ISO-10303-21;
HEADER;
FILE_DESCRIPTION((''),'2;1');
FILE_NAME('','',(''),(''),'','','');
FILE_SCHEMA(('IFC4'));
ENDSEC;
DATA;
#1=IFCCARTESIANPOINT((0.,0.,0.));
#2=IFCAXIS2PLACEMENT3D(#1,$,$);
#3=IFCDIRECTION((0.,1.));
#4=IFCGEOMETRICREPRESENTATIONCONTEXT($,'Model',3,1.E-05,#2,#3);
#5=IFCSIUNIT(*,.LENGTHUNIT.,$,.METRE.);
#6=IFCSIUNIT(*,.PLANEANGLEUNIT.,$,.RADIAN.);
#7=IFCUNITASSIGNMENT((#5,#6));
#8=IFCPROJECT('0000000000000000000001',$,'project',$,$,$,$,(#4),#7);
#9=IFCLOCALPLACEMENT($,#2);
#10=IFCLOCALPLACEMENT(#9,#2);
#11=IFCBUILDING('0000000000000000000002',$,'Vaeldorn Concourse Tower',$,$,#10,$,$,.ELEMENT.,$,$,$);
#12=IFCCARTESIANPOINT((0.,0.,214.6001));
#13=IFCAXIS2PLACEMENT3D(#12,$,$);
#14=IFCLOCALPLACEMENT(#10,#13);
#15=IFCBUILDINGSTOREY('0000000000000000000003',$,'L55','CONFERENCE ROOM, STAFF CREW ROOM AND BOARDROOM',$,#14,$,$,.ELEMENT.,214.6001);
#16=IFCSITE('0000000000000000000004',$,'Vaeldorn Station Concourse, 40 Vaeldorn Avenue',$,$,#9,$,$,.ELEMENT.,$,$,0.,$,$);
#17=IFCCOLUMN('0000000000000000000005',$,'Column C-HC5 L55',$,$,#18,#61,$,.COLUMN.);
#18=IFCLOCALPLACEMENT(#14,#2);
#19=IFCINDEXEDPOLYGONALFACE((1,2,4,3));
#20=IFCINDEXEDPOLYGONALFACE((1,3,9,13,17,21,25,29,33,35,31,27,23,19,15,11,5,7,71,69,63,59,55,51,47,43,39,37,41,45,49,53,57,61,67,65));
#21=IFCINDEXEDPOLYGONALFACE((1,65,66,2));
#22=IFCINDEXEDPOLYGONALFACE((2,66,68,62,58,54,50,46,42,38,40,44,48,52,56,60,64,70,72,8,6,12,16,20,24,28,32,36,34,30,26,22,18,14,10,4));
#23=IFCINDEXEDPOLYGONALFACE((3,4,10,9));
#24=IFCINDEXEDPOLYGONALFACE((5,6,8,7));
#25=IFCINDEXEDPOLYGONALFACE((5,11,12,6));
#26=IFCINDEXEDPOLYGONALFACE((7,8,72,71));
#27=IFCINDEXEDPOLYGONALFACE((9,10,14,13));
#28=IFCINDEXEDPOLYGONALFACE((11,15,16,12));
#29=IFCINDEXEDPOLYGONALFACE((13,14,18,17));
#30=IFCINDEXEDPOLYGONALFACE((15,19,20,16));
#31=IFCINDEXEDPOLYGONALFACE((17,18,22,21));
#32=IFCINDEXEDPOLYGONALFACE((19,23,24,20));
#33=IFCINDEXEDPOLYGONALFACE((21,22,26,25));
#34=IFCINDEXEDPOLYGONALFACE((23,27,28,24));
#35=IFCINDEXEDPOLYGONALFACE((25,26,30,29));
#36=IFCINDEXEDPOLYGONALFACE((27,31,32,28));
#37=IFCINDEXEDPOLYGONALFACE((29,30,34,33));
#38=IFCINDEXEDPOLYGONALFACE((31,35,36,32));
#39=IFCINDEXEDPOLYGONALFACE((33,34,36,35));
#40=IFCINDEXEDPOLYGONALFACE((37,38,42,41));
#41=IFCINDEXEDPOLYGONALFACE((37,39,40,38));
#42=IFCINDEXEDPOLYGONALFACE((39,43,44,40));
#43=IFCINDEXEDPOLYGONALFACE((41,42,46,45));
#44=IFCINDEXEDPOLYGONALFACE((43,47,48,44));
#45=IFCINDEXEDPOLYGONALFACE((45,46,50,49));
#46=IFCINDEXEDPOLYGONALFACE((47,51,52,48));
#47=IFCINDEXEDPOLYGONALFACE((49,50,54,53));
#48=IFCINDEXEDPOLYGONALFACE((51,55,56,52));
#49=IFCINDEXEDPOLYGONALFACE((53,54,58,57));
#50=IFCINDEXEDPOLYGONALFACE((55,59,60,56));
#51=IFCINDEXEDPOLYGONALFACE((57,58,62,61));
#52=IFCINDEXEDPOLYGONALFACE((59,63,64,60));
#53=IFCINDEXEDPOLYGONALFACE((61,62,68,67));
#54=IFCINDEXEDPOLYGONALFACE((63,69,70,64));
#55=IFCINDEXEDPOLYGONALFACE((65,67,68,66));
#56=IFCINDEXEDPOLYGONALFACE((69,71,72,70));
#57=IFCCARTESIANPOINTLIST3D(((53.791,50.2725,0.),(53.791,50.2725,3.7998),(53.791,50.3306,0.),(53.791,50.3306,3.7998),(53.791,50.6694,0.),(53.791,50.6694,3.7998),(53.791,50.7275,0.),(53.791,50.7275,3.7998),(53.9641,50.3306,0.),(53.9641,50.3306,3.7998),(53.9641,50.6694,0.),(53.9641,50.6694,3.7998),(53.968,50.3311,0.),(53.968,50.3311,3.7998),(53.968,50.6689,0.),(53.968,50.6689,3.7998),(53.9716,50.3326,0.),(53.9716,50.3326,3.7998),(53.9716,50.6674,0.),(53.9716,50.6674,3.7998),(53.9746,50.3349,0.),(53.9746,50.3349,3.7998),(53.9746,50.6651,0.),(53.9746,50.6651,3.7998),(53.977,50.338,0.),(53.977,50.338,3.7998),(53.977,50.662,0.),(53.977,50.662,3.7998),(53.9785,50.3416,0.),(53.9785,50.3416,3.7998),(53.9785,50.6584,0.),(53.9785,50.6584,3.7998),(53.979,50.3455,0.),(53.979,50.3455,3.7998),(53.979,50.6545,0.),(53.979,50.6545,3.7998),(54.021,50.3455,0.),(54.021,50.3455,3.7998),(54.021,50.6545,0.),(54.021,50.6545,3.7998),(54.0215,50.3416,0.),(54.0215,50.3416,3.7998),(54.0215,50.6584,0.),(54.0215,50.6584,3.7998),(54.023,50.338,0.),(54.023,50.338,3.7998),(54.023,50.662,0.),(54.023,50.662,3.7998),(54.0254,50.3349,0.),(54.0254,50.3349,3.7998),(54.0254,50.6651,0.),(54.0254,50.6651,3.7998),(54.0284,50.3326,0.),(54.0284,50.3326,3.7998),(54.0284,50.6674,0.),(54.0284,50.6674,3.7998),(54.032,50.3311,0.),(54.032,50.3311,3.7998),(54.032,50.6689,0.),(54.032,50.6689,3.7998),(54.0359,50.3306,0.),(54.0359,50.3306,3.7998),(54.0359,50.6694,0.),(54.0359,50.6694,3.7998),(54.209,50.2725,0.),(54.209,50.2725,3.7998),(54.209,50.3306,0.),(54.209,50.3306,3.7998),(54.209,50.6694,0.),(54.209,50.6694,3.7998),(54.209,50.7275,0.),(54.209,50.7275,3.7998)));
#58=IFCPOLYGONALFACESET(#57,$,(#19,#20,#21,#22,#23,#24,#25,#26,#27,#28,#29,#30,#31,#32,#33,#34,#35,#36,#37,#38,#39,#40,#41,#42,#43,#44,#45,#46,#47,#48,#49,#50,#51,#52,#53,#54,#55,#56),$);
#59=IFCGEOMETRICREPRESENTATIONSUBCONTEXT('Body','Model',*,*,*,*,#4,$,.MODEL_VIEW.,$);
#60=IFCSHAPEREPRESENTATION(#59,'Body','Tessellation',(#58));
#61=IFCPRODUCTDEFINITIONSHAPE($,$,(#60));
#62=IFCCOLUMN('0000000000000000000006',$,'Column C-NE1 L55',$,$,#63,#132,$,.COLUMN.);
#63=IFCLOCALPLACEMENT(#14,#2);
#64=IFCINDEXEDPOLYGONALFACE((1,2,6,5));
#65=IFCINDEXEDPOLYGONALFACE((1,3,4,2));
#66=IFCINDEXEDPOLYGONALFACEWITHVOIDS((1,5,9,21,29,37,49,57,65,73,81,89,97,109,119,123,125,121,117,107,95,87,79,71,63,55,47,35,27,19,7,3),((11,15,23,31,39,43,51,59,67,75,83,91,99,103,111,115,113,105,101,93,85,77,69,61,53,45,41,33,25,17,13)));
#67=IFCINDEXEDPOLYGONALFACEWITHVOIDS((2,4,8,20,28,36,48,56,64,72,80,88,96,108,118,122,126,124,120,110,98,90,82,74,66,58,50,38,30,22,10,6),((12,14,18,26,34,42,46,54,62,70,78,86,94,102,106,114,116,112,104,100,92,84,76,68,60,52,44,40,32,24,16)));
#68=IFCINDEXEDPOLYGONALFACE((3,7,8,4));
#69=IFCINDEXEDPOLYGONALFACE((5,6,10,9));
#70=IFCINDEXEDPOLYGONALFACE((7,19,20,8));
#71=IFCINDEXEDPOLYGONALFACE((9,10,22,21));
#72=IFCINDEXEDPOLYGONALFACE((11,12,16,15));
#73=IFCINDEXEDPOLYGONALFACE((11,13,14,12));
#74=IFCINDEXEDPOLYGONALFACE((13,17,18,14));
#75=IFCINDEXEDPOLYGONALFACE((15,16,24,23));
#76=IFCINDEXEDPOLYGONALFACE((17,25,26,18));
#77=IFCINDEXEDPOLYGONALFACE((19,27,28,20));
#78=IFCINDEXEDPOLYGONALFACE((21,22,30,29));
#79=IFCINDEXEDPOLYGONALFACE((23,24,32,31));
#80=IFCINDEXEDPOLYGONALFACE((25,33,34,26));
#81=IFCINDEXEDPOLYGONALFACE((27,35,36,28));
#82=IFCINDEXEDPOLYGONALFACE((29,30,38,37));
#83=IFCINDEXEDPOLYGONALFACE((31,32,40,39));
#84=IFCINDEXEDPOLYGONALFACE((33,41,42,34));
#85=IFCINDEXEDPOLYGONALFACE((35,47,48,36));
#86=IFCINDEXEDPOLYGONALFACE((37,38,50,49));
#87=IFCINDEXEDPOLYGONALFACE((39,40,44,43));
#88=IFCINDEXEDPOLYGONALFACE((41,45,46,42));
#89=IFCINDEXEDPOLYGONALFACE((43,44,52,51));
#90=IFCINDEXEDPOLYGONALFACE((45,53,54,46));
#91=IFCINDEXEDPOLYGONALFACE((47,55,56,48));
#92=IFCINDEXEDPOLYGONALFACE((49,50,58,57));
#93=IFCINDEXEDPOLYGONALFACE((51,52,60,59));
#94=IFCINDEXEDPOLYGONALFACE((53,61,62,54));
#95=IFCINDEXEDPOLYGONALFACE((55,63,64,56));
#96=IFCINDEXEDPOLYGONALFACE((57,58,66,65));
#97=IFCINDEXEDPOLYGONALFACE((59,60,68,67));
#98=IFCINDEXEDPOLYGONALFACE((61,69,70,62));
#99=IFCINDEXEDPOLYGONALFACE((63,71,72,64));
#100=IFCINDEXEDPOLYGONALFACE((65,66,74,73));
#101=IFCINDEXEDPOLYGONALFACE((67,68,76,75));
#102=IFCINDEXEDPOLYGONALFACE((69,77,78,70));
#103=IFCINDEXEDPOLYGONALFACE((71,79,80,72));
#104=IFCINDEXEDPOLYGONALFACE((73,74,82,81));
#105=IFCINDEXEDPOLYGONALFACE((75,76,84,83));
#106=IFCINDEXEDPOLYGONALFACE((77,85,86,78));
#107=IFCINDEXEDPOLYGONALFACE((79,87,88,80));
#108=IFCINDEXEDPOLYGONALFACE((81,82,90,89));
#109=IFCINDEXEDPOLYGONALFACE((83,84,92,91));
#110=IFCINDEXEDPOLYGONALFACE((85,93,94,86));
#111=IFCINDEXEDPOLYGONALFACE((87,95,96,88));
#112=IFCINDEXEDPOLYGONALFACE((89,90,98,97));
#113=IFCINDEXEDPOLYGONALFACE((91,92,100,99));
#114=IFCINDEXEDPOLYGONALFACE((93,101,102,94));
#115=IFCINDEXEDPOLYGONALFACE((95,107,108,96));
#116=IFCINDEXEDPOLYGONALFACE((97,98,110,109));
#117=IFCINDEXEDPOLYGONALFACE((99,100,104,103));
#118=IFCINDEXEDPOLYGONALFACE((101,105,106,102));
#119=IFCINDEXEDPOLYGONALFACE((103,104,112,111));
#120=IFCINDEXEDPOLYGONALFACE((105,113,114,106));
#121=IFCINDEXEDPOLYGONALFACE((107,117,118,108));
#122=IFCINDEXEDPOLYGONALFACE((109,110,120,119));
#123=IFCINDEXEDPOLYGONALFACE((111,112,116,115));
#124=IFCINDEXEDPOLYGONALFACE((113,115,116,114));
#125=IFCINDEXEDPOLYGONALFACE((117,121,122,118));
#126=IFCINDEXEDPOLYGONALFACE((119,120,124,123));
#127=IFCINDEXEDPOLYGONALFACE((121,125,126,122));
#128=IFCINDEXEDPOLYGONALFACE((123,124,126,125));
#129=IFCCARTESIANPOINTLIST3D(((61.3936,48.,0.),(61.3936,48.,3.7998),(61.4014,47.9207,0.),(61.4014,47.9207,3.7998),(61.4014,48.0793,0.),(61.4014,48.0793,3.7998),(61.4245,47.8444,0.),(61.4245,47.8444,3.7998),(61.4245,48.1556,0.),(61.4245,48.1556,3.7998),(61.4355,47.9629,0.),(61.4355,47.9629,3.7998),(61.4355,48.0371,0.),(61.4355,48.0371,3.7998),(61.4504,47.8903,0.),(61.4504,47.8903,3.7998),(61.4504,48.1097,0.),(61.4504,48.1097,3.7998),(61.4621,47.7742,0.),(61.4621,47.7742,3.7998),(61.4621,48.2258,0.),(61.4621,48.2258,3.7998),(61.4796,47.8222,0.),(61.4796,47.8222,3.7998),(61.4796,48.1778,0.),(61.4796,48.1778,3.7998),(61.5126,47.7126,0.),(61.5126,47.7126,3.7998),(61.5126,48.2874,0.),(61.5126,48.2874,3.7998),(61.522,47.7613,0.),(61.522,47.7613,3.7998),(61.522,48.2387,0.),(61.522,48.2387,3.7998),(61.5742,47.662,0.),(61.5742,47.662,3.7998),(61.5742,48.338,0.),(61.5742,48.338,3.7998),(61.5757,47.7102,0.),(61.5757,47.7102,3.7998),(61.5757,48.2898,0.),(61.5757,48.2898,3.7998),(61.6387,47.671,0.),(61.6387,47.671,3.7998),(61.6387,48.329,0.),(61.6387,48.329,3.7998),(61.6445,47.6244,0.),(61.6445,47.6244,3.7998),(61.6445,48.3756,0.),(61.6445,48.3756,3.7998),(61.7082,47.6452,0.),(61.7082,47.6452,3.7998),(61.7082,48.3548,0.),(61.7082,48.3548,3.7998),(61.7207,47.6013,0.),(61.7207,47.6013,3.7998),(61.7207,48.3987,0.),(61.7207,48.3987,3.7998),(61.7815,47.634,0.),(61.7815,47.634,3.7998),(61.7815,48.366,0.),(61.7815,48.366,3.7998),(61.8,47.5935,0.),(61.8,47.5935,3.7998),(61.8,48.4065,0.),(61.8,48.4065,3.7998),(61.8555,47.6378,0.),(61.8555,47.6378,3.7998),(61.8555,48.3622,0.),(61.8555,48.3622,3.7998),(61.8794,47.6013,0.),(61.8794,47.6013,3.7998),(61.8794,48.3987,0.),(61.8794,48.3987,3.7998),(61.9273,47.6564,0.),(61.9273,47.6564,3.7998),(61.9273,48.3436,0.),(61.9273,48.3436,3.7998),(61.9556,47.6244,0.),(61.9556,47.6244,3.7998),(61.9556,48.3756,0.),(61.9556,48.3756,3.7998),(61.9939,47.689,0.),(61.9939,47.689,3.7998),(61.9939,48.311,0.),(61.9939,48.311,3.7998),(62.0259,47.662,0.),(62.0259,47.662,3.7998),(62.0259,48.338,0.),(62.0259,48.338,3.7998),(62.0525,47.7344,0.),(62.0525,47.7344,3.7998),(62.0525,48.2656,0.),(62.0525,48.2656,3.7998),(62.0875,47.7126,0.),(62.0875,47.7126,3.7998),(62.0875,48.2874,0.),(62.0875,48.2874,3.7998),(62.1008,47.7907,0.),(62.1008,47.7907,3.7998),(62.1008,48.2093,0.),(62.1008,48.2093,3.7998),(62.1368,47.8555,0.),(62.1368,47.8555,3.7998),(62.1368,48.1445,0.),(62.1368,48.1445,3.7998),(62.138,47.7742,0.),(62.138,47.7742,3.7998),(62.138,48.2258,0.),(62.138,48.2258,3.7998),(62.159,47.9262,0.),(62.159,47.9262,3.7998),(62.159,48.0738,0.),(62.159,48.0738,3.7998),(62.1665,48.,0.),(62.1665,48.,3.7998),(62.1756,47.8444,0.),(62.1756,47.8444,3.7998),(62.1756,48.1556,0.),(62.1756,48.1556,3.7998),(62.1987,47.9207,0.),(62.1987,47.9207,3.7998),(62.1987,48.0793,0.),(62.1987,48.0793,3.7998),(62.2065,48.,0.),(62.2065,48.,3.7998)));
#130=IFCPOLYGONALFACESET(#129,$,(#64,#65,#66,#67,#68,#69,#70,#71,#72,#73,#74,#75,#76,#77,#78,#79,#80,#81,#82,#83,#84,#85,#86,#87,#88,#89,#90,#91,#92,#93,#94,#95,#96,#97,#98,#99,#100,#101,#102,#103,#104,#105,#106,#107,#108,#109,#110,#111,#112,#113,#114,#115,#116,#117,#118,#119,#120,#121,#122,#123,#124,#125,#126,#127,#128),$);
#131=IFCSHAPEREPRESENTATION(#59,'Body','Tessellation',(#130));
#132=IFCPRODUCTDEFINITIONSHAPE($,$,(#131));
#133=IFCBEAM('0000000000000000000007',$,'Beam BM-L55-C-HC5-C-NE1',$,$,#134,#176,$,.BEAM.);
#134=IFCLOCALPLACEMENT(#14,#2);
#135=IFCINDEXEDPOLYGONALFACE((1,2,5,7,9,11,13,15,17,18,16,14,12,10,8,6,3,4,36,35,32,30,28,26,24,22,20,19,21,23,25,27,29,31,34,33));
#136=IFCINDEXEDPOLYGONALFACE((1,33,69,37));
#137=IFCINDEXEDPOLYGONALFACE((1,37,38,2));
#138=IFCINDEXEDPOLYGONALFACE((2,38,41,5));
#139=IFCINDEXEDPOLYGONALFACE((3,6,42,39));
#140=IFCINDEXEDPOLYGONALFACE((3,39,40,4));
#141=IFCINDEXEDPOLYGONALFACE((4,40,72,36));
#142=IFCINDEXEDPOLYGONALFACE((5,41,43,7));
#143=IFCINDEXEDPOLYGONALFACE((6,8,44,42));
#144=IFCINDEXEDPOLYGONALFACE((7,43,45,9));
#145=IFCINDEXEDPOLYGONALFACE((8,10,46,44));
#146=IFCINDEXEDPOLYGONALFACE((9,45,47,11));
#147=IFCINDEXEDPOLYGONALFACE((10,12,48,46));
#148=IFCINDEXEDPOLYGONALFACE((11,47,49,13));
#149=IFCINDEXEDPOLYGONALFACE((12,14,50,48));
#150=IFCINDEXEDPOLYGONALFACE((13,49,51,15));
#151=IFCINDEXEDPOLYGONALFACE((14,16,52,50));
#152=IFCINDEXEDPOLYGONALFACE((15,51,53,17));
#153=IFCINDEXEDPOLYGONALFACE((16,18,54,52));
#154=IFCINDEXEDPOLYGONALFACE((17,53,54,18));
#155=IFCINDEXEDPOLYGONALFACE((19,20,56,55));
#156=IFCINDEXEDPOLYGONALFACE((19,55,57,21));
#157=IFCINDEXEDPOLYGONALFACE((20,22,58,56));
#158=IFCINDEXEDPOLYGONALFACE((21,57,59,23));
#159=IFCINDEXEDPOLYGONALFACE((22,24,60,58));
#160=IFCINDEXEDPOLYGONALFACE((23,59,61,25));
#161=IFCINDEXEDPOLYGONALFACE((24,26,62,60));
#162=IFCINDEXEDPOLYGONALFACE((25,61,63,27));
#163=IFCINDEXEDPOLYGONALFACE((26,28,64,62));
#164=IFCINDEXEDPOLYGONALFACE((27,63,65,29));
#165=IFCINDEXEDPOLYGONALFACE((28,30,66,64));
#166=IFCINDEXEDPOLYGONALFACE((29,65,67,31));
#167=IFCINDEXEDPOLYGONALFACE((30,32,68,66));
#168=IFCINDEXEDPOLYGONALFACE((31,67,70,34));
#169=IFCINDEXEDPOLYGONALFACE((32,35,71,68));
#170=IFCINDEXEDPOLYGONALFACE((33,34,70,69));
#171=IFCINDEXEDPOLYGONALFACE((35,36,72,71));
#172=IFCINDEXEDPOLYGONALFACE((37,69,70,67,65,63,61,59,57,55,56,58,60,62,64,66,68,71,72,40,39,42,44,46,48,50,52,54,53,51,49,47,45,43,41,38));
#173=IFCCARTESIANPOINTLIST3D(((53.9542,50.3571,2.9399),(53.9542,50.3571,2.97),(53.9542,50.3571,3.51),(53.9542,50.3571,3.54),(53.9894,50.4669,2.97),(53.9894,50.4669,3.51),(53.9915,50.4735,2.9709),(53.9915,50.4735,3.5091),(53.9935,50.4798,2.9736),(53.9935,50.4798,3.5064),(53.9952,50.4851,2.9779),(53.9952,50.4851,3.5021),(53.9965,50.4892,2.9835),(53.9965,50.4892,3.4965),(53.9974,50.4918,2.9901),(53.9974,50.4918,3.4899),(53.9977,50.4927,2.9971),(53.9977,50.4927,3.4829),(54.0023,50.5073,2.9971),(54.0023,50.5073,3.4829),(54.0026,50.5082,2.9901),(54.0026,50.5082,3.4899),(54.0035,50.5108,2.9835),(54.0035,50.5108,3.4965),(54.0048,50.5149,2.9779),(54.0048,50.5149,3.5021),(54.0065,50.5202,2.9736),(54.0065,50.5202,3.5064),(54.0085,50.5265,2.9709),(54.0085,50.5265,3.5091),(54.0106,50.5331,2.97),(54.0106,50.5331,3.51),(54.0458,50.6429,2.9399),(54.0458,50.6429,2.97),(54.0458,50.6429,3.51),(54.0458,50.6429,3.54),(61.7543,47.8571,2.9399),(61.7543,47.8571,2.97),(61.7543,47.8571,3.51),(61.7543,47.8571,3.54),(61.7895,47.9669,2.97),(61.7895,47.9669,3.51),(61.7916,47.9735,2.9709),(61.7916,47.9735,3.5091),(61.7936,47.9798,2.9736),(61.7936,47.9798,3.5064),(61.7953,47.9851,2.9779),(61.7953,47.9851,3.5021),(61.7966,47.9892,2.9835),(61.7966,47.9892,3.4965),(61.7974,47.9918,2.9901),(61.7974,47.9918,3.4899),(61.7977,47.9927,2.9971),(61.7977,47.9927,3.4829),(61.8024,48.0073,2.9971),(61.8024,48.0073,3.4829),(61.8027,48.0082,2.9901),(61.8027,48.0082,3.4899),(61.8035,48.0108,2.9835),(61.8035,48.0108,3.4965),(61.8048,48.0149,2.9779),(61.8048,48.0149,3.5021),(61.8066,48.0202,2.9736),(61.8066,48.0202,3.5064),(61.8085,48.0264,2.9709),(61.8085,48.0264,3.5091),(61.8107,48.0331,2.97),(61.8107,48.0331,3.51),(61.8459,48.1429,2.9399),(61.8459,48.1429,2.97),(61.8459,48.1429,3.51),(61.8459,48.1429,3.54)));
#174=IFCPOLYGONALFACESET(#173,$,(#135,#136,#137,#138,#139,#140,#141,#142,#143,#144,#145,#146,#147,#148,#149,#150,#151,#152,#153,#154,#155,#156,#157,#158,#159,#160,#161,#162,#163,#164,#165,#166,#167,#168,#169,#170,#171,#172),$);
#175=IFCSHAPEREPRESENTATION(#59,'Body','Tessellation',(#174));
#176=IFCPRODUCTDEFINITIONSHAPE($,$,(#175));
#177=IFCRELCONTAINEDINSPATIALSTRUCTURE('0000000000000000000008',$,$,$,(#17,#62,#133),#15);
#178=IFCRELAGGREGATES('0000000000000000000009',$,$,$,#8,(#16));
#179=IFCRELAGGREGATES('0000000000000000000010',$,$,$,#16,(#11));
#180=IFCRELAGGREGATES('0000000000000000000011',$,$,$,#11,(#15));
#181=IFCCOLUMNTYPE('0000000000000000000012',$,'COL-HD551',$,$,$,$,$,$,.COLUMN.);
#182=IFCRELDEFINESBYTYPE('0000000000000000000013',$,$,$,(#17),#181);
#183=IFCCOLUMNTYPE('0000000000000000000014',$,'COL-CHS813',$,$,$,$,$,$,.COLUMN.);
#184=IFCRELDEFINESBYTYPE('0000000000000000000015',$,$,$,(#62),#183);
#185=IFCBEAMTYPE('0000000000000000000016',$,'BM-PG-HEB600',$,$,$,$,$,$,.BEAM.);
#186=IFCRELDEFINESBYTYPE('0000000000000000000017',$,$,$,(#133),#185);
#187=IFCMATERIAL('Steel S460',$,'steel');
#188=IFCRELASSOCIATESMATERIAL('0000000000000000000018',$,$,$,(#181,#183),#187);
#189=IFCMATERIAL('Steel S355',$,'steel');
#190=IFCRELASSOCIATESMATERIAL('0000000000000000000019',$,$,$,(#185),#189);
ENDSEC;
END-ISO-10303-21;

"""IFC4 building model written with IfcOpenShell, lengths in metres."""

from ifc_helpers import new_model, si_unit, direction, frame, origin, origin_2d, place, context, subcontext, project, spatial, hollow_circle, i_section, extrude, source, transform, mapped, material, material_profile, profile_set, type_object, element, save


model = new_model("IFC4")

# Units and contexts
model_context = context("Model", 3, precision=1e-05, world=origin(), true_north=direction((0.0, 1.0)))
body_context = subcontext(model_context, "Body", "Model", "MODEL_VIEW")
ifc_project = project(units=[si_unit("LENGTHUNIT", "METRE"), si_unit("PLANEANGLEUNIT", "RADIAN")], contexts=[model_context])

# Site, building, storey
site_placement = place(None, origin())
site = spatial("IfcSite", under=ifc_project, at=site_placement, Name="Vaeldorn Station Concourse, 40 Vaeldorn Avenue", CompositionType="ELEMENT", RefElevation=0.0)
building_placement = place(site_placement, origin())
building = spatial("IfcBuilding", under=site, at=building_placement, Name="Vaeldorn Concourse Tower", CompositionType="ELEMENT")
storey_placement = place(building_placement, frame((0.0, 0.0, 214.6001)))
storey = spatial("IfcBuildingStorey", under=building, at=storey_placement, Name="L55", Description="CONFERENCE ROOM, STAFF CREW ROOM AND BOARDROOM", CompositionType="ELEMENT", Elevation=214.6001)

# Columns
ifc_material_1 = material(Name="Steel S460", Category="steel")
ifc_material_profile_1 = material_profile(ifc_material_1, i_section(OverallWidth=0.418, OverallDepth=0.4551, WebThickness=0.042, FlangeThickness=0.0581, FilletRadius=0.0149, at=origin_2d()), Name="HD 400x551")
ifc_profile_set_1 = profile_set([ifc_material_profile_1], Name="Steel S460")
column_type_1 = type_object("IfcColumnType", Name="COL-HD551", PredefinedType="COLUMN", material=ifc_profile_set_1)
shared_shape_1 = source(origin(), body_context, "Body", "SweptSolid", [
    extrude(i_section(OverallWidth=0.418, OverallDepth=0.4551, WebThickness=0.042, FlangeThickness=0.0581, FilletRadius=0.0149, at=origin_2d()), origin(), (0.0, 0.0, 1.0), 3.7998),
])
column_1_placement = place(storey_placement, frame((54.0, 50.5, 0.0), z_axis=(0.0, 0.0, 1.0), x_axis=(1.0, 0.0, 0.0)))
element("IfcColumn", 1, at=column_1_placement, inside=storey, type_object=column_type_1, Name="Column C-HC5 L55", PredefinedType="COLUMN", context=body_context, shape_type="MappedRepresentation", body=[
    mapped(shared_shape_1, transform((0.0, 0.0, 0.0), scale=1.0)),
])
ifc_material_profile_2 = material_profile(ifc_material_1, hollow_circle(Radius=0.4065, WallThickness=0.04, at=origin_2d()), Name="CHS 813x40")
ifc_profile_set_2 = profile_set([ifc_material_profile_2], Name="Steel S460")
column_type_2 = type_object("IfcColumnType", Name="COL-CHS813", PredefinedType="COLUMN", material=ifc_profile_set_2)
shared_shape_2 = source(origin(), body_context, "Body", "SweptSolid", [
    extrude(hollow_circle(Radius=0.4065, WallThickness=0.04, at=origin_2d()), origin(), (0.0, 0.0, 1.0), 3.7998),
])
column_2_placement = place(storey_placement, frame((61.8, 48.0, 0.0), z_axis=(0.0, 0.0, 1.0), x_axis=(1.0, 0.0, 0.0)))
element("IfcColumn", 2, at=column_2_placement, inside=storey, type_object=column_type_2, Name="Column C-NE1 L55", PredefinedType="COLUMN", context=body_context, shape_type="MappedRepresentation", body=[
    mapped(shared_shape_2, transform((0.0, 0.0, 0.0), scale=1.0)),
])

# Beam
ifc_material_2 = material(Name="Steel S355", Category="steel")
ifc_material_profile_3 = material_profile(ifc_material_2, i_section(OverallWidth=0.3, OverallDepth=0.6001, WebThickness=0.0154, FlangeThickness=0.03, FilletRadius=0.0271, at=origin_2d()), Name="HEB 600")
ifc_profile_set_3 = profile_set([ifc_material_profile_3], Name="Steel S355")
beam_type_1 = type_object("IfcBeamType", Name="BM-PG-HEB600", PredefinedType="BEAM", material=ifc_profile_set_3)
shared_shape_3 = source(origin(), body_context, "Body", "SweptSolid", [
    extrude(i_section(OverallWidth=0.3, OverallDepth=0.6001, WebThickness=0.0154, FlangeThickness=0.03, FilletRadius=0.0271, at=origin_2d()), origin(), (0.0, 0.0, 1.0), 8.1909),
])
beam_1_placement = place(storey_placement, frame((54.0, 50.5, 3.24), z_axis=(0.952283, -0.305217, 0.0), x_axis=(0.305217, 0.952283, 0.0)))
element("IfcBeam", 3, at=beam_1_placement, inside=storey, type_object=beam_type_1, Name="Beam BM-L55-C-HC5-C-NE1", PredefinedType="BEAM", context=body_context, shape_type="MappedRepresentation", body=[
    mapped(shared_shape_3, transform((0.0, 0.0, 0.0), scale=1.0)),
])

save(model, "model.ifc")
